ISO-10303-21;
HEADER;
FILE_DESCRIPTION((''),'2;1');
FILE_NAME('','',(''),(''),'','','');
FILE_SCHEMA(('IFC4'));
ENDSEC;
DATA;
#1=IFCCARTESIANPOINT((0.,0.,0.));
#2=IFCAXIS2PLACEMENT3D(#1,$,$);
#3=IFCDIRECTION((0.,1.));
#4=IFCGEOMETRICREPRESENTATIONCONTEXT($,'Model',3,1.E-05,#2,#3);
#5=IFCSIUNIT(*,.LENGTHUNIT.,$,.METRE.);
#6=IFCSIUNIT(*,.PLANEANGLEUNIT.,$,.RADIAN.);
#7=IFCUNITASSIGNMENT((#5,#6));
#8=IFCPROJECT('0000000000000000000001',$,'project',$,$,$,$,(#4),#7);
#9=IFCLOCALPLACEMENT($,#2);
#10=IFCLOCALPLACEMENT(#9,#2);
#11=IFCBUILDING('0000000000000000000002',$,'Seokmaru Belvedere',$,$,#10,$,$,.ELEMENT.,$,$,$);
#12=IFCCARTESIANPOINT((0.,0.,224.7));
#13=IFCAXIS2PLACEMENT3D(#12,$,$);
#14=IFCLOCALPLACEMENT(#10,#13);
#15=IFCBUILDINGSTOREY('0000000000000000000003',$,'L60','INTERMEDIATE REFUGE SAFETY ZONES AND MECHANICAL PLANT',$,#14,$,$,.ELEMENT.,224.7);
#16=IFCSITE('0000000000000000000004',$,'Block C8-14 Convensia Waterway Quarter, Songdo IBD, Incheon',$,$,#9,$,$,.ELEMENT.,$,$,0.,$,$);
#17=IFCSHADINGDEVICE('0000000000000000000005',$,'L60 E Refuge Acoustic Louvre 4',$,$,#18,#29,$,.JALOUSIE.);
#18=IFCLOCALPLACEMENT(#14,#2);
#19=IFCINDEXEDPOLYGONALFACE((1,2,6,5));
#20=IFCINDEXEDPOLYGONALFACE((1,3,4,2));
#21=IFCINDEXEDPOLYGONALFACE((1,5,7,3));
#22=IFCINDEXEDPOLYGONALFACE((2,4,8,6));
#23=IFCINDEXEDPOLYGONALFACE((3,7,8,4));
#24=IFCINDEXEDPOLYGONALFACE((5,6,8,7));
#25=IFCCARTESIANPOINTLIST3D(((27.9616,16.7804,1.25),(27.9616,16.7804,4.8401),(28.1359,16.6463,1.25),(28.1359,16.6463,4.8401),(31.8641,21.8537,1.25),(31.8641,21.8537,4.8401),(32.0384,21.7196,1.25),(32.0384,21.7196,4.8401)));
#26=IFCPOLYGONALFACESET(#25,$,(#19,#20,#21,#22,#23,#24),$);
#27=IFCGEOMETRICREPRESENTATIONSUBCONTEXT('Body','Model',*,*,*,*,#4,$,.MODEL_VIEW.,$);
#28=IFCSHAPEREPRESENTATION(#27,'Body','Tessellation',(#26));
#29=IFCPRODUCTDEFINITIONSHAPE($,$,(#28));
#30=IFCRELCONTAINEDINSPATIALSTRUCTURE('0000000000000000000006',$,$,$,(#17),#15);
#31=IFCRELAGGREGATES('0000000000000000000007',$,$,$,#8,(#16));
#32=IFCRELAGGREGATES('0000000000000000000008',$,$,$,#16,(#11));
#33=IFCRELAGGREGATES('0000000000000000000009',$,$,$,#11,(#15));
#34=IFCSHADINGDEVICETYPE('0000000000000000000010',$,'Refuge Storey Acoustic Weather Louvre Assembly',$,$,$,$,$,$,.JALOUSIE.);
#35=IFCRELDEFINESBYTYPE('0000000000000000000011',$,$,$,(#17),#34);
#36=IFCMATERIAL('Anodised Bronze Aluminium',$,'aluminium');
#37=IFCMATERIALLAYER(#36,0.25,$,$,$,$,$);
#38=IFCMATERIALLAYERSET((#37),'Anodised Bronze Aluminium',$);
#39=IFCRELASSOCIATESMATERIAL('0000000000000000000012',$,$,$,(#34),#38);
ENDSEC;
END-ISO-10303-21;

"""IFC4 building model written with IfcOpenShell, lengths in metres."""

from ifc_helpers import new_model, si_unit, direction, frame, origin, origin_2d, place, context, subcontext, project, spatial, rectangle, extrude, source, transform, mapped, material, layer, layer_set, type_object, type_shapes, element, save


model = new_model("IFC4")

# Units and contexts
model_context = context("Model", 3, precision=1e-05, world=origin(), true_north=direction((0.0, 1.0)))
body_context = subcontext(model_context, "Body", "Model", "MODEL_VIEW")
ifc_project = project(units=[si_unit("LENGTHUNIT", "METRE"), si_unit("PLANEANGLEUNIT", "RADIAN")], contexts=[model_context])

# Site, building, storey
site_placement = place(None, origin())
site = spatial("IfcSite", under=ifc_project, at=site_placement, Name="Block C8-14 Convensia Waterway Quarter, Songdo IBD, Incheon", CompositionType="ELEMENT", RefElevation=0.0)
building_placement = place(site_placement, origin())
building = spatial("IfcBuilding", under=site, at=building_placement, Name="Seokmaru Belvedere", CompositionType="ELEMENT")
storey_placement = place(building_placement, frame((0.0, 0.0, 224.7)))
storey = spatial("IfcBuildingStorey", under=building, at=storey_placement, Name="L60", Description="INTERMEDIATE REFUGE SAFETY ZONES AND MECHANICAL PLANT", CompositionType="ELEMENT", Elevation=224.7)

# Shading device
ifc_material_1 = material(Name="Anodised Bronze Aluminium", Category="aluminium")
ifc_layer_1 = layer(ifc_material_1, 0.25)
ifc_layer_set_1 = layer_set([ifc_layer_1], Name="Anodised Bronze Aluminium")
shading_device_type = type_object("IfcShadingDeviceType", Name="Refuge Storey Acoustic Weather Louvre Assembly", PredefinedType="JALOUSIE", material=ifc_layer_set_1)
shared_shape_1 = source(origin(), body_context, "Body", "SweptSolid", [
    extrude(rectangle(XDim=6.4006, YDim=0.22, at=origin_2d()), origin(), (0.0, 0.0, 1.0), 3.5901),
])
type_shapes(shading_device_type, [shared_shape_1])
shading_device_placement = place(storey_placement, frame((30.0, 19.25, 1.25), z_axis=(0.0, 0.0, 1.0), x_axis=(-0.609711, -0.792624, 0.0)))
element("IfcShadingDevice", 1, at=shading_device_placement, inside=storey, type_object=shading_device_type, Name="L60 E Refuge Acoustic Louvre 4", PredefinedType="JALOUSIE", context=body_context, shape_type="MappedRepresentation", body=[
    mapped(shared_shape_1, transform((0.0, 0.0, 0.0), scale=1.0)),
])

save(model, "model.ifc")
